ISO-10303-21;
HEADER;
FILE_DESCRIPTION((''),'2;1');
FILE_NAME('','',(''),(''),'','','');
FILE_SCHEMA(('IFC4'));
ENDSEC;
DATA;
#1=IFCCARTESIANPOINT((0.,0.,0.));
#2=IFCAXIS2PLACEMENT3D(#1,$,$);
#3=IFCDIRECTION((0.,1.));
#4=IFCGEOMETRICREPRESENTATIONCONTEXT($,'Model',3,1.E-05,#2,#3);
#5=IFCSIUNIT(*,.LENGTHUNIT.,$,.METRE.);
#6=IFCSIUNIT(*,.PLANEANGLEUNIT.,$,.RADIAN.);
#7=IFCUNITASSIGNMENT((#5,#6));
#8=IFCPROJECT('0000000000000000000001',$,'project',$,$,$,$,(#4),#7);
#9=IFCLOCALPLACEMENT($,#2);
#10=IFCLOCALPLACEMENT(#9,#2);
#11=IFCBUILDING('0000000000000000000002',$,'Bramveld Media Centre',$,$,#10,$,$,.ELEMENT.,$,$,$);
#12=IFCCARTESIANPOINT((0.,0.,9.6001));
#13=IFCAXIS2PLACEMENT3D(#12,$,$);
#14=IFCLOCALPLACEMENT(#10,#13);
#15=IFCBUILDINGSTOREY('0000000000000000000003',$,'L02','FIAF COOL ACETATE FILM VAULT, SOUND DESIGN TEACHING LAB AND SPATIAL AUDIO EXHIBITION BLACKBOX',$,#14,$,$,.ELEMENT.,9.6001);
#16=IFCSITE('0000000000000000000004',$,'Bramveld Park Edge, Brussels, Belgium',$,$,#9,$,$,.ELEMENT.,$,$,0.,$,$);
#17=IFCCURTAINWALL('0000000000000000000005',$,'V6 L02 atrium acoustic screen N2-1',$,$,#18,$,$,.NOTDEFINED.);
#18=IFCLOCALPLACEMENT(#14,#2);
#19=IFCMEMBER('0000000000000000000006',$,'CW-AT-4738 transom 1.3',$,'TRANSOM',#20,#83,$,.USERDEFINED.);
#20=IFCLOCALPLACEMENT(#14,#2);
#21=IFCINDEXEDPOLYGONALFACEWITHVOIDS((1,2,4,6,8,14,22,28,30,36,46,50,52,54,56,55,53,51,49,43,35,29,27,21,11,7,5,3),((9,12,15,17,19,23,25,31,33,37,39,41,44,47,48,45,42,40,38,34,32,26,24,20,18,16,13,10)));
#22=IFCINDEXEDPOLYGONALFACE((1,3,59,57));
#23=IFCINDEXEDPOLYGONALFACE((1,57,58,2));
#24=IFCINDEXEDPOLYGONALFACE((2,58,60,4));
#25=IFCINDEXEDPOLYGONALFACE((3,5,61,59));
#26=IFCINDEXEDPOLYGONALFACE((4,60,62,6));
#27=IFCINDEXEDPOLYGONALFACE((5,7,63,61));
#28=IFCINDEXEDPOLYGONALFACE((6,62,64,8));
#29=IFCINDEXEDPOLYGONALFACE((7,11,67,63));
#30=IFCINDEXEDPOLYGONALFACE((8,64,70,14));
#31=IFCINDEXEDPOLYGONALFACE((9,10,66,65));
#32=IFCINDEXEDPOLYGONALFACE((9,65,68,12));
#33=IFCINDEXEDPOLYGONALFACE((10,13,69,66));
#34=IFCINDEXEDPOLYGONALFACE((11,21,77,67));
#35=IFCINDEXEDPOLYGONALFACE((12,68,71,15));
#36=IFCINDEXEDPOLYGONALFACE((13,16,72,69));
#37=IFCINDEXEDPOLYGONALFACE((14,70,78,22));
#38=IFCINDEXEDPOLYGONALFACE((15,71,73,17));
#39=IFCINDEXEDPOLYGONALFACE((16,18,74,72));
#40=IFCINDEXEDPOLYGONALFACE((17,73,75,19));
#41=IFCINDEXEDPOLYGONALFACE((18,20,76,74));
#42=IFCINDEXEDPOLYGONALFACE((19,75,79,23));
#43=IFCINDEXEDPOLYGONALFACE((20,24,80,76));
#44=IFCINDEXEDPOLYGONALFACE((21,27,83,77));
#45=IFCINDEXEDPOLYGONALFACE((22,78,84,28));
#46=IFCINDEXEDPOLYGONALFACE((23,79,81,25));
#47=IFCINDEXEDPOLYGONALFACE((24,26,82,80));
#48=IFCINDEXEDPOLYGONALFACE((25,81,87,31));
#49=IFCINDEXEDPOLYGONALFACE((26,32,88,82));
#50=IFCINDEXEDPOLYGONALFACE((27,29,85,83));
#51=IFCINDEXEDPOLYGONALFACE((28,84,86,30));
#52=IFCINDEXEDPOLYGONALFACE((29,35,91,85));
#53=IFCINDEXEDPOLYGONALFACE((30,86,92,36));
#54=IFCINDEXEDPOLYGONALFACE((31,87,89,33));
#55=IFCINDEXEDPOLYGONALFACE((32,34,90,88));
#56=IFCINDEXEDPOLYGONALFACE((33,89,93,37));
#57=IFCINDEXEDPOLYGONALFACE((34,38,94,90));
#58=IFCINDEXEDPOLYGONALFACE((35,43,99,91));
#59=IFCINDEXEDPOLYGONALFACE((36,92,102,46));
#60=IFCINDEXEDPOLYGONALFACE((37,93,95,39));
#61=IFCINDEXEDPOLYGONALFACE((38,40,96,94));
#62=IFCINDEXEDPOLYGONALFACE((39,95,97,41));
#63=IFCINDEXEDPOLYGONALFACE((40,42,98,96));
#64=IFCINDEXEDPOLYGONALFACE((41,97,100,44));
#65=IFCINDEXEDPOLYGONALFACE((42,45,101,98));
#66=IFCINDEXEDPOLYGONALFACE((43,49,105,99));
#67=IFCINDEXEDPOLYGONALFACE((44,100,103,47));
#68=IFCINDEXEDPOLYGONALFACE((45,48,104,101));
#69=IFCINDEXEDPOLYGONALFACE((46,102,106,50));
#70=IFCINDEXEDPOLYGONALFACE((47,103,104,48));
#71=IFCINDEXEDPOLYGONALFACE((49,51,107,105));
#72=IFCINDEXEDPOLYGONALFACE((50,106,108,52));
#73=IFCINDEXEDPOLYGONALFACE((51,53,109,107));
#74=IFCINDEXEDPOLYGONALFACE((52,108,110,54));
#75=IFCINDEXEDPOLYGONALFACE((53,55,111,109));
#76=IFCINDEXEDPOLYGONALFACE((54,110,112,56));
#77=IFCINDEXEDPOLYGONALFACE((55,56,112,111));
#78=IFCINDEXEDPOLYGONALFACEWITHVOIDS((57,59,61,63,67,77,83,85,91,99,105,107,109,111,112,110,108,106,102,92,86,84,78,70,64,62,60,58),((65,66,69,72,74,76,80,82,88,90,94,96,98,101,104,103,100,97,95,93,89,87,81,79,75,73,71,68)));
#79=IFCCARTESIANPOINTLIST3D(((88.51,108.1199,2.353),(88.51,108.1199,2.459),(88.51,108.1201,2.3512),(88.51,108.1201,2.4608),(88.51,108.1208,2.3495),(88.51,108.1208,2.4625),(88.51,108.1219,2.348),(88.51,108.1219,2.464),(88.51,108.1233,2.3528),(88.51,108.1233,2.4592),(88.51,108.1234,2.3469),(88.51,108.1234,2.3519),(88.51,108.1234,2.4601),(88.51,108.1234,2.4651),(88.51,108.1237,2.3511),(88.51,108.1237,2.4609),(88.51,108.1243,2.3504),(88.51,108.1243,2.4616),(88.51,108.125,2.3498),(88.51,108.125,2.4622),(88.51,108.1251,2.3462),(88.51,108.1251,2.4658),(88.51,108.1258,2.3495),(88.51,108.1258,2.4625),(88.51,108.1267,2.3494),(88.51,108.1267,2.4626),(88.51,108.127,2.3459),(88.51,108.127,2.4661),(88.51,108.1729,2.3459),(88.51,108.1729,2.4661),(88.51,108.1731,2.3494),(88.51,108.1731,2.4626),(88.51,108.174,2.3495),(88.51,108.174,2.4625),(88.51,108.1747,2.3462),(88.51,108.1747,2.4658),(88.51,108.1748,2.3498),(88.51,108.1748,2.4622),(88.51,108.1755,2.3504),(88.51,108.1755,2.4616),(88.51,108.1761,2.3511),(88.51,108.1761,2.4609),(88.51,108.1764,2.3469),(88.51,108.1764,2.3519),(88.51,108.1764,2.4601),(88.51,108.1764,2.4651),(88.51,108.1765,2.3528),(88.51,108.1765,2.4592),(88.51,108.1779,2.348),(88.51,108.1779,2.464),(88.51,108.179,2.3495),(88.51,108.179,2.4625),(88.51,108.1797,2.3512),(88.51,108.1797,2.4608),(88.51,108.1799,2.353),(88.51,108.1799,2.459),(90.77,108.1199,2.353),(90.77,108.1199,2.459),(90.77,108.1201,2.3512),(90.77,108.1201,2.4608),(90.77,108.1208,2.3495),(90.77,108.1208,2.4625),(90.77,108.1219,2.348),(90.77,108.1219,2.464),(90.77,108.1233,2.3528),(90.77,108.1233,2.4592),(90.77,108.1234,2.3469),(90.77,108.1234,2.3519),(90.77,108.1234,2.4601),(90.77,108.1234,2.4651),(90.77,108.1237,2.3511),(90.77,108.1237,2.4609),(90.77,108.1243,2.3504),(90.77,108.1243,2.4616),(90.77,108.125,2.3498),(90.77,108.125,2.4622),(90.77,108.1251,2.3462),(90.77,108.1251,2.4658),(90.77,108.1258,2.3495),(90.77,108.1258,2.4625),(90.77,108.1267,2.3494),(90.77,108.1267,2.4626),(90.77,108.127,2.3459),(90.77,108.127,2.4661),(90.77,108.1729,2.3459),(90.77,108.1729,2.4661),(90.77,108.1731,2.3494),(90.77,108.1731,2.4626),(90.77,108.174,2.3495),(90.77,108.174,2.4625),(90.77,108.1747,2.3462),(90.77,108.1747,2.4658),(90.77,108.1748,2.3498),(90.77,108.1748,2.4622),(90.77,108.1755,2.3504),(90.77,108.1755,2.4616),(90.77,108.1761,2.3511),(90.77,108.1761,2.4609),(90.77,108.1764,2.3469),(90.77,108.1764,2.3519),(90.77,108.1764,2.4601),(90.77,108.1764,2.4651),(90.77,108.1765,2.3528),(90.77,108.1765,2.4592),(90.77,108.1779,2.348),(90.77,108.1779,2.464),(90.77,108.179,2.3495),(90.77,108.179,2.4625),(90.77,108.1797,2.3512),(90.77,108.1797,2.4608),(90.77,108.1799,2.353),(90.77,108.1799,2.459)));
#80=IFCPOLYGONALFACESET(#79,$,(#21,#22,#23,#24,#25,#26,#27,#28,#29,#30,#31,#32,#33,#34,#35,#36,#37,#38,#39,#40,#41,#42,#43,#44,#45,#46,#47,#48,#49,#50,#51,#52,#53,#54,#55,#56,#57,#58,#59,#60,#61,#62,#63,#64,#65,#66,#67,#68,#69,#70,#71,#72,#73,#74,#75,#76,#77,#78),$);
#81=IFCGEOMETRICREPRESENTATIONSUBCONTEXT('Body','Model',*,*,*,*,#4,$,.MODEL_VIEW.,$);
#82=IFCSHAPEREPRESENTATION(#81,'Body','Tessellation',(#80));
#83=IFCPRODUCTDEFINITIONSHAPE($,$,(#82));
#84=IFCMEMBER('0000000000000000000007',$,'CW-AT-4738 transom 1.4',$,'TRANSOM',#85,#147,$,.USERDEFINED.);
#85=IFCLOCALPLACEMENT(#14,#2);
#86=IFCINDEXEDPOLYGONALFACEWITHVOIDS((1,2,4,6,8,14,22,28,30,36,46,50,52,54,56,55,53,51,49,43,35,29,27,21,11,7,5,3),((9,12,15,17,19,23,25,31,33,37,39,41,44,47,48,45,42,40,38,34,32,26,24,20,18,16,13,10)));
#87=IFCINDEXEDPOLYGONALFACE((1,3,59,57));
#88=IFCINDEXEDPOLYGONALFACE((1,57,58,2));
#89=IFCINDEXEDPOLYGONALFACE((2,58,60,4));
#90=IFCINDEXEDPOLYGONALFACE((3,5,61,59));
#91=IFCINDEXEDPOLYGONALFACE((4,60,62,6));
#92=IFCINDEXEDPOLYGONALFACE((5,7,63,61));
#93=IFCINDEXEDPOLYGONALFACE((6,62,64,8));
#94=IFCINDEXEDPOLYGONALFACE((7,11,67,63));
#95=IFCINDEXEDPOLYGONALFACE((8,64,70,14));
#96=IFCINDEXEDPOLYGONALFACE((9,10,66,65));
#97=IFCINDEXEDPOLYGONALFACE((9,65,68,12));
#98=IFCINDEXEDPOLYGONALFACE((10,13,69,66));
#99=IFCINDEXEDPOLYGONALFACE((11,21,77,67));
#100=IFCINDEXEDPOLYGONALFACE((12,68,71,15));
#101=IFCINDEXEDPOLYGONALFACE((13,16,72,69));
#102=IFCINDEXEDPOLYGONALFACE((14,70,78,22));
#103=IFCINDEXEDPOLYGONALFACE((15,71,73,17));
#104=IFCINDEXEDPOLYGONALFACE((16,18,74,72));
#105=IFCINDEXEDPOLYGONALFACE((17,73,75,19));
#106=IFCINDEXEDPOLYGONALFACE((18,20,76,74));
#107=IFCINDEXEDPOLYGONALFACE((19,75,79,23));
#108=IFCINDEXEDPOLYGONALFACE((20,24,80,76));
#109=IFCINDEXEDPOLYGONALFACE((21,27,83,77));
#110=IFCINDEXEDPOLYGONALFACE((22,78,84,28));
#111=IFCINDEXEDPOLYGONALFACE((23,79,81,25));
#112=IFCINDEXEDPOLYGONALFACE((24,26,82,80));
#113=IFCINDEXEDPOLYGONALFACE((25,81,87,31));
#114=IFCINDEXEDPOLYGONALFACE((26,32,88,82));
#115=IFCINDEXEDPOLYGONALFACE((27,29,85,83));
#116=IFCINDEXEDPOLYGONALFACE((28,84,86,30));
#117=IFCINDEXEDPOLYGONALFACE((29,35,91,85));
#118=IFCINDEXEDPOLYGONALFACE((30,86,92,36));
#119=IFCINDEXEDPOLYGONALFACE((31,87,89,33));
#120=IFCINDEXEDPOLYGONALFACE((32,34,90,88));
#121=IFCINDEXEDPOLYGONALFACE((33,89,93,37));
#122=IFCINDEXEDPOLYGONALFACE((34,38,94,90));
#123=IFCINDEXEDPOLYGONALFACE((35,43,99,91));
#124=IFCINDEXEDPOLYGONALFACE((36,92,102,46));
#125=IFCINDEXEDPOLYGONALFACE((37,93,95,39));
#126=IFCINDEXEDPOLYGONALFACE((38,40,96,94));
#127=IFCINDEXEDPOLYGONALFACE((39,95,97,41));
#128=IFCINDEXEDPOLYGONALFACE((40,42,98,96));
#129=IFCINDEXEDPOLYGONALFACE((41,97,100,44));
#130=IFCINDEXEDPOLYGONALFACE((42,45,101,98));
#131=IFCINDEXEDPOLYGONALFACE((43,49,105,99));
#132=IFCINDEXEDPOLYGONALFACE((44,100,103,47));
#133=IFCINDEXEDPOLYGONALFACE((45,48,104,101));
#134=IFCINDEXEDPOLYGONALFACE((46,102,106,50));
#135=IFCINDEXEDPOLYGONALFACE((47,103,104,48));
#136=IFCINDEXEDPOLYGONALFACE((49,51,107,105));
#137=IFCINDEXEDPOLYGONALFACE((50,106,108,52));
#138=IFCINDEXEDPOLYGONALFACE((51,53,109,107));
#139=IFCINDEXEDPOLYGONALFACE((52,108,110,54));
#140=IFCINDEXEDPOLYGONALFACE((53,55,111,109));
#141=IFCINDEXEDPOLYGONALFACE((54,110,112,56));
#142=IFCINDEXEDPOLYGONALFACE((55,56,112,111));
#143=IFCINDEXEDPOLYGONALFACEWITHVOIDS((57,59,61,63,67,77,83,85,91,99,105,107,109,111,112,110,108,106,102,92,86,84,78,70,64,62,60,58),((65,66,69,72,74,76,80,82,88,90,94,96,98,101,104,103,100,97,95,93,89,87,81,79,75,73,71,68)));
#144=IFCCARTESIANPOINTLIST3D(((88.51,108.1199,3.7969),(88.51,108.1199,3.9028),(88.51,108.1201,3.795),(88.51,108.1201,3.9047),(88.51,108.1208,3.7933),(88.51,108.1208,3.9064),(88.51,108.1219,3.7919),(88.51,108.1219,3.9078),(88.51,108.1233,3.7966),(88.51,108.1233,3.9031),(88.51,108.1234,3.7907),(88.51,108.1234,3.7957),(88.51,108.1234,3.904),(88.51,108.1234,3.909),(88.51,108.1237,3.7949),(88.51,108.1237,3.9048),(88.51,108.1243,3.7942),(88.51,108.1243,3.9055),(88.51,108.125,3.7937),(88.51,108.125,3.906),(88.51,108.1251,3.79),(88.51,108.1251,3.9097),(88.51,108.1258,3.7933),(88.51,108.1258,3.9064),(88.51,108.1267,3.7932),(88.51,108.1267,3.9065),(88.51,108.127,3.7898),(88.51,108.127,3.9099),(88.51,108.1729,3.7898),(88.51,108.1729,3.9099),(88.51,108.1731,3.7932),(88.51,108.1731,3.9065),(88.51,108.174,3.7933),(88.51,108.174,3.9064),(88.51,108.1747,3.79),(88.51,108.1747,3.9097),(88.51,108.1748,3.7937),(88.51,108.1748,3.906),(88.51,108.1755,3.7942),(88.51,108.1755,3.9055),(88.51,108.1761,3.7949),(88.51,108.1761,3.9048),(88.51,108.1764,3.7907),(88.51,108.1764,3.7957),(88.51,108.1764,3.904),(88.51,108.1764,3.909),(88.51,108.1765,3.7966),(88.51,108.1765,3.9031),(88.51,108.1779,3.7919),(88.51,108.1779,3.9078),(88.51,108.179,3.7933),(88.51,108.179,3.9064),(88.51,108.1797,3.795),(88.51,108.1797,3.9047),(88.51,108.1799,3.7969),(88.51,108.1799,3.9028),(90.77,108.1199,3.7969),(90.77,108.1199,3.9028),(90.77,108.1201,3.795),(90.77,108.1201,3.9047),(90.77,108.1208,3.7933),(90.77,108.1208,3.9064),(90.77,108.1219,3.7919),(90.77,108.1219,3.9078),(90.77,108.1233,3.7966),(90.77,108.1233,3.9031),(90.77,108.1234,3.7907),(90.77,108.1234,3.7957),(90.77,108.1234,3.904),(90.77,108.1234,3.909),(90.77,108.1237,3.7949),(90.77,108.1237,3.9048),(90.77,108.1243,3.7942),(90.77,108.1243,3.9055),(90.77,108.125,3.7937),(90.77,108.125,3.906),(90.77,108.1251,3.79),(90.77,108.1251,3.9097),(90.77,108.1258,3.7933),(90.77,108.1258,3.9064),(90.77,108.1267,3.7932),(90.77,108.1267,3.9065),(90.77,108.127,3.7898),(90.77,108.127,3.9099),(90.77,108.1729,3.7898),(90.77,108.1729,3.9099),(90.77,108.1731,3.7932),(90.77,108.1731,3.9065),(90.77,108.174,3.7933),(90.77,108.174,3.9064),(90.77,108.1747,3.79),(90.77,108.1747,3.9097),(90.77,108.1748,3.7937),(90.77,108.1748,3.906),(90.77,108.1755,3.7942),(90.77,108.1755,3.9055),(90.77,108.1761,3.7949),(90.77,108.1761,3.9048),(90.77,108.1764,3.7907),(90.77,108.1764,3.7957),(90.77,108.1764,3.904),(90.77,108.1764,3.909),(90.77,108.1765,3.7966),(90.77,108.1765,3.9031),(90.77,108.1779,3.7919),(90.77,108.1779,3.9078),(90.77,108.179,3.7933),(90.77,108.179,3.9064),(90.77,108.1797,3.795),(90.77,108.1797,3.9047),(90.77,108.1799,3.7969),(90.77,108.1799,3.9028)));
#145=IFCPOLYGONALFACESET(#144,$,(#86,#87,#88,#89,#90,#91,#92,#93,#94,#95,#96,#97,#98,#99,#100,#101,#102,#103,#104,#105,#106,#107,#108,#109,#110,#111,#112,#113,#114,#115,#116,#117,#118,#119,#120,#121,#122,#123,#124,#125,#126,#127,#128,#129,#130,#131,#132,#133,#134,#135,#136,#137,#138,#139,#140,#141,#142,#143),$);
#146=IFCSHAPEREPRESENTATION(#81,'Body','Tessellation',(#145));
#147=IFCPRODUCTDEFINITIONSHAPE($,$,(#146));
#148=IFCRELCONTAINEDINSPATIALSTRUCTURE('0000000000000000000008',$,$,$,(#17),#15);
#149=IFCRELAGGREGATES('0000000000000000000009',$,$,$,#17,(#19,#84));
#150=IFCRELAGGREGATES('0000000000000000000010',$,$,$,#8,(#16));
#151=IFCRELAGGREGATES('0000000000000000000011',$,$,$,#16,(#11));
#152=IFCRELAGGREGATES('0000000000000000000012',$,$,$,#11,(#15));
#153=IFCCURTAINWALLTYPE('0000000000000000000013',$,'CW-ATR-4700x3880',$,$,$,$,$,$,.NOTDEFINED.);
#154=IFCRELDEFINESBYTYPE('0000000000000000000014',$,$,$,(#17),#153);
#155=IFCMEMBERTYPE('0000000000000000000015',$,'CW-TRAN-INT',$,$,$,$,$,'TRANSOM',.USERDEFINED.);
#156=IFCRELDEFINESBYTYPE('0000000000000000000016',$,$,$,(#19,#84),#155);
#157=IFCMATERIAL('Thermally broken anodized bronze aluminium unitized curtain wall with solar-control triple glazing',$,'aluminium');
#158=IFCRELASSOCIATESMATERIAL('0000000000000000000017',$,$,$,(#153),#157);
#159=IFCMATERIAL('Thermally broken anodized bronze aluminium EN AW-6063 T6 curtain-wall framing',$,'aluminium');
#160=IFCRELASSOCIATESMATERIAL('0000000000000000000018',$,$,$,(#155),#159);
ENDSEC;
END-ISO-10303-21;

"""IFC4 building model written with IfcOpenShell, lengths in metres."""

from ifc_helpers import new_model, si_unit, direction, frame, origin, origin_2d, place, context, subcontext, project, spatial, hollow_rectangle, extrude, material, material_profile, profile_set, type_object, element, aggregate, save


model = new_model("IFC4")

# Units and contexts
model_context = context("Model", 3, precision=1e-05, world=origin(), true_north=direction((0.0, 1.0)))
body_context = subcontext(model_context, "Body", "Model", "MODEL_VIEW")
ifc_project = project(units=[si_unit("LENGTHUNIT", "METRE"), si_unit("PLANEANGLEUNIT", "RADIAN")], contexts=[model_context])

# Site, building, storey
site_placement = place(None, origin())
site = spatial("IfcSite", under=ifc_project, at=site_placement, Name="Bramveld Park Edge, Brussels, Belgium", CompositionType="ELEMENT", RefElevation=0.0)
building_placement = place(site_placement, origin())
building = spatial("IfcBuilding", under=site, at=building_placement, Name="Bramveld Media Centre", CompositionType="ELEMENT")
storey_placement = place(building_placement, frame((0.0, 0.0, 9.6001)))
storey = spatial("IfcBuildingStorey", under=building, at=storey_placement, Name="L02", Description="FIAF COOL ACETATE FILM VAULT, SOUND DESIGN TEACHING LAB AND SPATIAL AUDIO EXHIBITION BLACKBOX", CompositionType="ELEMENT", Elevation=9.6001)

# Shared definitions
ifc_material_1 = material(Name="Thermally broken anodized bronze aluminium unitized curtain wall with solar-control triple glazing", Category="aluminium")
curtain_wall_type_1 = type_object("IfcCurtainWallType", Name="CW-ATR-4700x3880", PredefinedType="NOTDEFINED", material=ifc_material_1)

# Curtain wall
curtain_wall_1_placement = place(storey_placement, origin())
curtain_wall_1 = element("IfcCurtainWall", 1, at=curtain_wall_1_placement, inside=storey, type_object=curtain_wall_type_1, Name="V6 L02 atrium acoustic screen N2-1", PredefinedType="NOTDEFINED")

# Members
ifc_material_2 = material(Name="Thermally broken anodized bronze aluminium EN AW-6063 T6 curtain-wall framing", Category="aluminium")
ifc_material_profile_1 = material_profile(ifc_material_2, hollow_rectangle(XDim=0.0601, YDim=0.1201, WallThickness=0.0034, InnerFilletRadius=0.0034, OuterFilletRadius=0.0071, at=origin_2d()), Name="AL-TRAN 60x120")
ifc_profile_set_1 = profile_set([ifc_material_profile_1], Name="Thermally broken anodized bronze aluminium EN AW-6063 T6 curtain-wall framing")
member_type_1 = type_object("IfcMemberType", Name="CW-TRAN-INT", ElementType="TRANSOM", PredefinedType="USERDEFINED", material=ifc_profile_set_1)
member_1_placement = place(storey_placement, frame((88.51, 108.1499, 2.406), z_axis=(1.0, 0.0, 0.0), x_axis=(0.0, 1.0, 0.0)))
member_1 = element("IfcMember", 2, at=member_1_placement, type_object=member_type_1, Name="CW-AT-4738 transom 1.3", ObjectType="TRANSOM", PredefinedType="USERDEFINED", context=body_context, shape_type="SweptSolid", body=[
    extrude(hollow_rectangle(XDim=0.0601, YDim=0.1201, WallThickness=0.0034, InnerFilletRadius=0.0034, OuterFilletRadius=0.0071, at=origin_2d()), origin(), (0.0, 0.0, 1.0), 2.26),
])
member_2_placement = place(storey_placement, frame((88.51, 108.1499, 3.8499), z_axis=(1.0, 0.0, 0.0), x_axis=(0.0, 1.0, 0.0)))
member_2 = element("IfcMember", 3, at=member_2_placement, type_object=member_type_1, Name="CW-AT-4738 transom 1.4", ObjectType="TRANSOM", PredefinedType="USERDEFINED", context=body_context, shape_type="SweptSolid", body=[
    extrude(hollow_rectangle(XDim=0.0601, YDim=0.1201, WallThickness=0.0034, InnerFilletRadius=0.0034, OuterFilletRadius=0.0071, at=origin_2d()), origin(), (0.0, 0.0, 1.0), 2.26),
])

aggregate(curtain_wall_1, [member_1, member_2])

save(model, "model.ifc")
